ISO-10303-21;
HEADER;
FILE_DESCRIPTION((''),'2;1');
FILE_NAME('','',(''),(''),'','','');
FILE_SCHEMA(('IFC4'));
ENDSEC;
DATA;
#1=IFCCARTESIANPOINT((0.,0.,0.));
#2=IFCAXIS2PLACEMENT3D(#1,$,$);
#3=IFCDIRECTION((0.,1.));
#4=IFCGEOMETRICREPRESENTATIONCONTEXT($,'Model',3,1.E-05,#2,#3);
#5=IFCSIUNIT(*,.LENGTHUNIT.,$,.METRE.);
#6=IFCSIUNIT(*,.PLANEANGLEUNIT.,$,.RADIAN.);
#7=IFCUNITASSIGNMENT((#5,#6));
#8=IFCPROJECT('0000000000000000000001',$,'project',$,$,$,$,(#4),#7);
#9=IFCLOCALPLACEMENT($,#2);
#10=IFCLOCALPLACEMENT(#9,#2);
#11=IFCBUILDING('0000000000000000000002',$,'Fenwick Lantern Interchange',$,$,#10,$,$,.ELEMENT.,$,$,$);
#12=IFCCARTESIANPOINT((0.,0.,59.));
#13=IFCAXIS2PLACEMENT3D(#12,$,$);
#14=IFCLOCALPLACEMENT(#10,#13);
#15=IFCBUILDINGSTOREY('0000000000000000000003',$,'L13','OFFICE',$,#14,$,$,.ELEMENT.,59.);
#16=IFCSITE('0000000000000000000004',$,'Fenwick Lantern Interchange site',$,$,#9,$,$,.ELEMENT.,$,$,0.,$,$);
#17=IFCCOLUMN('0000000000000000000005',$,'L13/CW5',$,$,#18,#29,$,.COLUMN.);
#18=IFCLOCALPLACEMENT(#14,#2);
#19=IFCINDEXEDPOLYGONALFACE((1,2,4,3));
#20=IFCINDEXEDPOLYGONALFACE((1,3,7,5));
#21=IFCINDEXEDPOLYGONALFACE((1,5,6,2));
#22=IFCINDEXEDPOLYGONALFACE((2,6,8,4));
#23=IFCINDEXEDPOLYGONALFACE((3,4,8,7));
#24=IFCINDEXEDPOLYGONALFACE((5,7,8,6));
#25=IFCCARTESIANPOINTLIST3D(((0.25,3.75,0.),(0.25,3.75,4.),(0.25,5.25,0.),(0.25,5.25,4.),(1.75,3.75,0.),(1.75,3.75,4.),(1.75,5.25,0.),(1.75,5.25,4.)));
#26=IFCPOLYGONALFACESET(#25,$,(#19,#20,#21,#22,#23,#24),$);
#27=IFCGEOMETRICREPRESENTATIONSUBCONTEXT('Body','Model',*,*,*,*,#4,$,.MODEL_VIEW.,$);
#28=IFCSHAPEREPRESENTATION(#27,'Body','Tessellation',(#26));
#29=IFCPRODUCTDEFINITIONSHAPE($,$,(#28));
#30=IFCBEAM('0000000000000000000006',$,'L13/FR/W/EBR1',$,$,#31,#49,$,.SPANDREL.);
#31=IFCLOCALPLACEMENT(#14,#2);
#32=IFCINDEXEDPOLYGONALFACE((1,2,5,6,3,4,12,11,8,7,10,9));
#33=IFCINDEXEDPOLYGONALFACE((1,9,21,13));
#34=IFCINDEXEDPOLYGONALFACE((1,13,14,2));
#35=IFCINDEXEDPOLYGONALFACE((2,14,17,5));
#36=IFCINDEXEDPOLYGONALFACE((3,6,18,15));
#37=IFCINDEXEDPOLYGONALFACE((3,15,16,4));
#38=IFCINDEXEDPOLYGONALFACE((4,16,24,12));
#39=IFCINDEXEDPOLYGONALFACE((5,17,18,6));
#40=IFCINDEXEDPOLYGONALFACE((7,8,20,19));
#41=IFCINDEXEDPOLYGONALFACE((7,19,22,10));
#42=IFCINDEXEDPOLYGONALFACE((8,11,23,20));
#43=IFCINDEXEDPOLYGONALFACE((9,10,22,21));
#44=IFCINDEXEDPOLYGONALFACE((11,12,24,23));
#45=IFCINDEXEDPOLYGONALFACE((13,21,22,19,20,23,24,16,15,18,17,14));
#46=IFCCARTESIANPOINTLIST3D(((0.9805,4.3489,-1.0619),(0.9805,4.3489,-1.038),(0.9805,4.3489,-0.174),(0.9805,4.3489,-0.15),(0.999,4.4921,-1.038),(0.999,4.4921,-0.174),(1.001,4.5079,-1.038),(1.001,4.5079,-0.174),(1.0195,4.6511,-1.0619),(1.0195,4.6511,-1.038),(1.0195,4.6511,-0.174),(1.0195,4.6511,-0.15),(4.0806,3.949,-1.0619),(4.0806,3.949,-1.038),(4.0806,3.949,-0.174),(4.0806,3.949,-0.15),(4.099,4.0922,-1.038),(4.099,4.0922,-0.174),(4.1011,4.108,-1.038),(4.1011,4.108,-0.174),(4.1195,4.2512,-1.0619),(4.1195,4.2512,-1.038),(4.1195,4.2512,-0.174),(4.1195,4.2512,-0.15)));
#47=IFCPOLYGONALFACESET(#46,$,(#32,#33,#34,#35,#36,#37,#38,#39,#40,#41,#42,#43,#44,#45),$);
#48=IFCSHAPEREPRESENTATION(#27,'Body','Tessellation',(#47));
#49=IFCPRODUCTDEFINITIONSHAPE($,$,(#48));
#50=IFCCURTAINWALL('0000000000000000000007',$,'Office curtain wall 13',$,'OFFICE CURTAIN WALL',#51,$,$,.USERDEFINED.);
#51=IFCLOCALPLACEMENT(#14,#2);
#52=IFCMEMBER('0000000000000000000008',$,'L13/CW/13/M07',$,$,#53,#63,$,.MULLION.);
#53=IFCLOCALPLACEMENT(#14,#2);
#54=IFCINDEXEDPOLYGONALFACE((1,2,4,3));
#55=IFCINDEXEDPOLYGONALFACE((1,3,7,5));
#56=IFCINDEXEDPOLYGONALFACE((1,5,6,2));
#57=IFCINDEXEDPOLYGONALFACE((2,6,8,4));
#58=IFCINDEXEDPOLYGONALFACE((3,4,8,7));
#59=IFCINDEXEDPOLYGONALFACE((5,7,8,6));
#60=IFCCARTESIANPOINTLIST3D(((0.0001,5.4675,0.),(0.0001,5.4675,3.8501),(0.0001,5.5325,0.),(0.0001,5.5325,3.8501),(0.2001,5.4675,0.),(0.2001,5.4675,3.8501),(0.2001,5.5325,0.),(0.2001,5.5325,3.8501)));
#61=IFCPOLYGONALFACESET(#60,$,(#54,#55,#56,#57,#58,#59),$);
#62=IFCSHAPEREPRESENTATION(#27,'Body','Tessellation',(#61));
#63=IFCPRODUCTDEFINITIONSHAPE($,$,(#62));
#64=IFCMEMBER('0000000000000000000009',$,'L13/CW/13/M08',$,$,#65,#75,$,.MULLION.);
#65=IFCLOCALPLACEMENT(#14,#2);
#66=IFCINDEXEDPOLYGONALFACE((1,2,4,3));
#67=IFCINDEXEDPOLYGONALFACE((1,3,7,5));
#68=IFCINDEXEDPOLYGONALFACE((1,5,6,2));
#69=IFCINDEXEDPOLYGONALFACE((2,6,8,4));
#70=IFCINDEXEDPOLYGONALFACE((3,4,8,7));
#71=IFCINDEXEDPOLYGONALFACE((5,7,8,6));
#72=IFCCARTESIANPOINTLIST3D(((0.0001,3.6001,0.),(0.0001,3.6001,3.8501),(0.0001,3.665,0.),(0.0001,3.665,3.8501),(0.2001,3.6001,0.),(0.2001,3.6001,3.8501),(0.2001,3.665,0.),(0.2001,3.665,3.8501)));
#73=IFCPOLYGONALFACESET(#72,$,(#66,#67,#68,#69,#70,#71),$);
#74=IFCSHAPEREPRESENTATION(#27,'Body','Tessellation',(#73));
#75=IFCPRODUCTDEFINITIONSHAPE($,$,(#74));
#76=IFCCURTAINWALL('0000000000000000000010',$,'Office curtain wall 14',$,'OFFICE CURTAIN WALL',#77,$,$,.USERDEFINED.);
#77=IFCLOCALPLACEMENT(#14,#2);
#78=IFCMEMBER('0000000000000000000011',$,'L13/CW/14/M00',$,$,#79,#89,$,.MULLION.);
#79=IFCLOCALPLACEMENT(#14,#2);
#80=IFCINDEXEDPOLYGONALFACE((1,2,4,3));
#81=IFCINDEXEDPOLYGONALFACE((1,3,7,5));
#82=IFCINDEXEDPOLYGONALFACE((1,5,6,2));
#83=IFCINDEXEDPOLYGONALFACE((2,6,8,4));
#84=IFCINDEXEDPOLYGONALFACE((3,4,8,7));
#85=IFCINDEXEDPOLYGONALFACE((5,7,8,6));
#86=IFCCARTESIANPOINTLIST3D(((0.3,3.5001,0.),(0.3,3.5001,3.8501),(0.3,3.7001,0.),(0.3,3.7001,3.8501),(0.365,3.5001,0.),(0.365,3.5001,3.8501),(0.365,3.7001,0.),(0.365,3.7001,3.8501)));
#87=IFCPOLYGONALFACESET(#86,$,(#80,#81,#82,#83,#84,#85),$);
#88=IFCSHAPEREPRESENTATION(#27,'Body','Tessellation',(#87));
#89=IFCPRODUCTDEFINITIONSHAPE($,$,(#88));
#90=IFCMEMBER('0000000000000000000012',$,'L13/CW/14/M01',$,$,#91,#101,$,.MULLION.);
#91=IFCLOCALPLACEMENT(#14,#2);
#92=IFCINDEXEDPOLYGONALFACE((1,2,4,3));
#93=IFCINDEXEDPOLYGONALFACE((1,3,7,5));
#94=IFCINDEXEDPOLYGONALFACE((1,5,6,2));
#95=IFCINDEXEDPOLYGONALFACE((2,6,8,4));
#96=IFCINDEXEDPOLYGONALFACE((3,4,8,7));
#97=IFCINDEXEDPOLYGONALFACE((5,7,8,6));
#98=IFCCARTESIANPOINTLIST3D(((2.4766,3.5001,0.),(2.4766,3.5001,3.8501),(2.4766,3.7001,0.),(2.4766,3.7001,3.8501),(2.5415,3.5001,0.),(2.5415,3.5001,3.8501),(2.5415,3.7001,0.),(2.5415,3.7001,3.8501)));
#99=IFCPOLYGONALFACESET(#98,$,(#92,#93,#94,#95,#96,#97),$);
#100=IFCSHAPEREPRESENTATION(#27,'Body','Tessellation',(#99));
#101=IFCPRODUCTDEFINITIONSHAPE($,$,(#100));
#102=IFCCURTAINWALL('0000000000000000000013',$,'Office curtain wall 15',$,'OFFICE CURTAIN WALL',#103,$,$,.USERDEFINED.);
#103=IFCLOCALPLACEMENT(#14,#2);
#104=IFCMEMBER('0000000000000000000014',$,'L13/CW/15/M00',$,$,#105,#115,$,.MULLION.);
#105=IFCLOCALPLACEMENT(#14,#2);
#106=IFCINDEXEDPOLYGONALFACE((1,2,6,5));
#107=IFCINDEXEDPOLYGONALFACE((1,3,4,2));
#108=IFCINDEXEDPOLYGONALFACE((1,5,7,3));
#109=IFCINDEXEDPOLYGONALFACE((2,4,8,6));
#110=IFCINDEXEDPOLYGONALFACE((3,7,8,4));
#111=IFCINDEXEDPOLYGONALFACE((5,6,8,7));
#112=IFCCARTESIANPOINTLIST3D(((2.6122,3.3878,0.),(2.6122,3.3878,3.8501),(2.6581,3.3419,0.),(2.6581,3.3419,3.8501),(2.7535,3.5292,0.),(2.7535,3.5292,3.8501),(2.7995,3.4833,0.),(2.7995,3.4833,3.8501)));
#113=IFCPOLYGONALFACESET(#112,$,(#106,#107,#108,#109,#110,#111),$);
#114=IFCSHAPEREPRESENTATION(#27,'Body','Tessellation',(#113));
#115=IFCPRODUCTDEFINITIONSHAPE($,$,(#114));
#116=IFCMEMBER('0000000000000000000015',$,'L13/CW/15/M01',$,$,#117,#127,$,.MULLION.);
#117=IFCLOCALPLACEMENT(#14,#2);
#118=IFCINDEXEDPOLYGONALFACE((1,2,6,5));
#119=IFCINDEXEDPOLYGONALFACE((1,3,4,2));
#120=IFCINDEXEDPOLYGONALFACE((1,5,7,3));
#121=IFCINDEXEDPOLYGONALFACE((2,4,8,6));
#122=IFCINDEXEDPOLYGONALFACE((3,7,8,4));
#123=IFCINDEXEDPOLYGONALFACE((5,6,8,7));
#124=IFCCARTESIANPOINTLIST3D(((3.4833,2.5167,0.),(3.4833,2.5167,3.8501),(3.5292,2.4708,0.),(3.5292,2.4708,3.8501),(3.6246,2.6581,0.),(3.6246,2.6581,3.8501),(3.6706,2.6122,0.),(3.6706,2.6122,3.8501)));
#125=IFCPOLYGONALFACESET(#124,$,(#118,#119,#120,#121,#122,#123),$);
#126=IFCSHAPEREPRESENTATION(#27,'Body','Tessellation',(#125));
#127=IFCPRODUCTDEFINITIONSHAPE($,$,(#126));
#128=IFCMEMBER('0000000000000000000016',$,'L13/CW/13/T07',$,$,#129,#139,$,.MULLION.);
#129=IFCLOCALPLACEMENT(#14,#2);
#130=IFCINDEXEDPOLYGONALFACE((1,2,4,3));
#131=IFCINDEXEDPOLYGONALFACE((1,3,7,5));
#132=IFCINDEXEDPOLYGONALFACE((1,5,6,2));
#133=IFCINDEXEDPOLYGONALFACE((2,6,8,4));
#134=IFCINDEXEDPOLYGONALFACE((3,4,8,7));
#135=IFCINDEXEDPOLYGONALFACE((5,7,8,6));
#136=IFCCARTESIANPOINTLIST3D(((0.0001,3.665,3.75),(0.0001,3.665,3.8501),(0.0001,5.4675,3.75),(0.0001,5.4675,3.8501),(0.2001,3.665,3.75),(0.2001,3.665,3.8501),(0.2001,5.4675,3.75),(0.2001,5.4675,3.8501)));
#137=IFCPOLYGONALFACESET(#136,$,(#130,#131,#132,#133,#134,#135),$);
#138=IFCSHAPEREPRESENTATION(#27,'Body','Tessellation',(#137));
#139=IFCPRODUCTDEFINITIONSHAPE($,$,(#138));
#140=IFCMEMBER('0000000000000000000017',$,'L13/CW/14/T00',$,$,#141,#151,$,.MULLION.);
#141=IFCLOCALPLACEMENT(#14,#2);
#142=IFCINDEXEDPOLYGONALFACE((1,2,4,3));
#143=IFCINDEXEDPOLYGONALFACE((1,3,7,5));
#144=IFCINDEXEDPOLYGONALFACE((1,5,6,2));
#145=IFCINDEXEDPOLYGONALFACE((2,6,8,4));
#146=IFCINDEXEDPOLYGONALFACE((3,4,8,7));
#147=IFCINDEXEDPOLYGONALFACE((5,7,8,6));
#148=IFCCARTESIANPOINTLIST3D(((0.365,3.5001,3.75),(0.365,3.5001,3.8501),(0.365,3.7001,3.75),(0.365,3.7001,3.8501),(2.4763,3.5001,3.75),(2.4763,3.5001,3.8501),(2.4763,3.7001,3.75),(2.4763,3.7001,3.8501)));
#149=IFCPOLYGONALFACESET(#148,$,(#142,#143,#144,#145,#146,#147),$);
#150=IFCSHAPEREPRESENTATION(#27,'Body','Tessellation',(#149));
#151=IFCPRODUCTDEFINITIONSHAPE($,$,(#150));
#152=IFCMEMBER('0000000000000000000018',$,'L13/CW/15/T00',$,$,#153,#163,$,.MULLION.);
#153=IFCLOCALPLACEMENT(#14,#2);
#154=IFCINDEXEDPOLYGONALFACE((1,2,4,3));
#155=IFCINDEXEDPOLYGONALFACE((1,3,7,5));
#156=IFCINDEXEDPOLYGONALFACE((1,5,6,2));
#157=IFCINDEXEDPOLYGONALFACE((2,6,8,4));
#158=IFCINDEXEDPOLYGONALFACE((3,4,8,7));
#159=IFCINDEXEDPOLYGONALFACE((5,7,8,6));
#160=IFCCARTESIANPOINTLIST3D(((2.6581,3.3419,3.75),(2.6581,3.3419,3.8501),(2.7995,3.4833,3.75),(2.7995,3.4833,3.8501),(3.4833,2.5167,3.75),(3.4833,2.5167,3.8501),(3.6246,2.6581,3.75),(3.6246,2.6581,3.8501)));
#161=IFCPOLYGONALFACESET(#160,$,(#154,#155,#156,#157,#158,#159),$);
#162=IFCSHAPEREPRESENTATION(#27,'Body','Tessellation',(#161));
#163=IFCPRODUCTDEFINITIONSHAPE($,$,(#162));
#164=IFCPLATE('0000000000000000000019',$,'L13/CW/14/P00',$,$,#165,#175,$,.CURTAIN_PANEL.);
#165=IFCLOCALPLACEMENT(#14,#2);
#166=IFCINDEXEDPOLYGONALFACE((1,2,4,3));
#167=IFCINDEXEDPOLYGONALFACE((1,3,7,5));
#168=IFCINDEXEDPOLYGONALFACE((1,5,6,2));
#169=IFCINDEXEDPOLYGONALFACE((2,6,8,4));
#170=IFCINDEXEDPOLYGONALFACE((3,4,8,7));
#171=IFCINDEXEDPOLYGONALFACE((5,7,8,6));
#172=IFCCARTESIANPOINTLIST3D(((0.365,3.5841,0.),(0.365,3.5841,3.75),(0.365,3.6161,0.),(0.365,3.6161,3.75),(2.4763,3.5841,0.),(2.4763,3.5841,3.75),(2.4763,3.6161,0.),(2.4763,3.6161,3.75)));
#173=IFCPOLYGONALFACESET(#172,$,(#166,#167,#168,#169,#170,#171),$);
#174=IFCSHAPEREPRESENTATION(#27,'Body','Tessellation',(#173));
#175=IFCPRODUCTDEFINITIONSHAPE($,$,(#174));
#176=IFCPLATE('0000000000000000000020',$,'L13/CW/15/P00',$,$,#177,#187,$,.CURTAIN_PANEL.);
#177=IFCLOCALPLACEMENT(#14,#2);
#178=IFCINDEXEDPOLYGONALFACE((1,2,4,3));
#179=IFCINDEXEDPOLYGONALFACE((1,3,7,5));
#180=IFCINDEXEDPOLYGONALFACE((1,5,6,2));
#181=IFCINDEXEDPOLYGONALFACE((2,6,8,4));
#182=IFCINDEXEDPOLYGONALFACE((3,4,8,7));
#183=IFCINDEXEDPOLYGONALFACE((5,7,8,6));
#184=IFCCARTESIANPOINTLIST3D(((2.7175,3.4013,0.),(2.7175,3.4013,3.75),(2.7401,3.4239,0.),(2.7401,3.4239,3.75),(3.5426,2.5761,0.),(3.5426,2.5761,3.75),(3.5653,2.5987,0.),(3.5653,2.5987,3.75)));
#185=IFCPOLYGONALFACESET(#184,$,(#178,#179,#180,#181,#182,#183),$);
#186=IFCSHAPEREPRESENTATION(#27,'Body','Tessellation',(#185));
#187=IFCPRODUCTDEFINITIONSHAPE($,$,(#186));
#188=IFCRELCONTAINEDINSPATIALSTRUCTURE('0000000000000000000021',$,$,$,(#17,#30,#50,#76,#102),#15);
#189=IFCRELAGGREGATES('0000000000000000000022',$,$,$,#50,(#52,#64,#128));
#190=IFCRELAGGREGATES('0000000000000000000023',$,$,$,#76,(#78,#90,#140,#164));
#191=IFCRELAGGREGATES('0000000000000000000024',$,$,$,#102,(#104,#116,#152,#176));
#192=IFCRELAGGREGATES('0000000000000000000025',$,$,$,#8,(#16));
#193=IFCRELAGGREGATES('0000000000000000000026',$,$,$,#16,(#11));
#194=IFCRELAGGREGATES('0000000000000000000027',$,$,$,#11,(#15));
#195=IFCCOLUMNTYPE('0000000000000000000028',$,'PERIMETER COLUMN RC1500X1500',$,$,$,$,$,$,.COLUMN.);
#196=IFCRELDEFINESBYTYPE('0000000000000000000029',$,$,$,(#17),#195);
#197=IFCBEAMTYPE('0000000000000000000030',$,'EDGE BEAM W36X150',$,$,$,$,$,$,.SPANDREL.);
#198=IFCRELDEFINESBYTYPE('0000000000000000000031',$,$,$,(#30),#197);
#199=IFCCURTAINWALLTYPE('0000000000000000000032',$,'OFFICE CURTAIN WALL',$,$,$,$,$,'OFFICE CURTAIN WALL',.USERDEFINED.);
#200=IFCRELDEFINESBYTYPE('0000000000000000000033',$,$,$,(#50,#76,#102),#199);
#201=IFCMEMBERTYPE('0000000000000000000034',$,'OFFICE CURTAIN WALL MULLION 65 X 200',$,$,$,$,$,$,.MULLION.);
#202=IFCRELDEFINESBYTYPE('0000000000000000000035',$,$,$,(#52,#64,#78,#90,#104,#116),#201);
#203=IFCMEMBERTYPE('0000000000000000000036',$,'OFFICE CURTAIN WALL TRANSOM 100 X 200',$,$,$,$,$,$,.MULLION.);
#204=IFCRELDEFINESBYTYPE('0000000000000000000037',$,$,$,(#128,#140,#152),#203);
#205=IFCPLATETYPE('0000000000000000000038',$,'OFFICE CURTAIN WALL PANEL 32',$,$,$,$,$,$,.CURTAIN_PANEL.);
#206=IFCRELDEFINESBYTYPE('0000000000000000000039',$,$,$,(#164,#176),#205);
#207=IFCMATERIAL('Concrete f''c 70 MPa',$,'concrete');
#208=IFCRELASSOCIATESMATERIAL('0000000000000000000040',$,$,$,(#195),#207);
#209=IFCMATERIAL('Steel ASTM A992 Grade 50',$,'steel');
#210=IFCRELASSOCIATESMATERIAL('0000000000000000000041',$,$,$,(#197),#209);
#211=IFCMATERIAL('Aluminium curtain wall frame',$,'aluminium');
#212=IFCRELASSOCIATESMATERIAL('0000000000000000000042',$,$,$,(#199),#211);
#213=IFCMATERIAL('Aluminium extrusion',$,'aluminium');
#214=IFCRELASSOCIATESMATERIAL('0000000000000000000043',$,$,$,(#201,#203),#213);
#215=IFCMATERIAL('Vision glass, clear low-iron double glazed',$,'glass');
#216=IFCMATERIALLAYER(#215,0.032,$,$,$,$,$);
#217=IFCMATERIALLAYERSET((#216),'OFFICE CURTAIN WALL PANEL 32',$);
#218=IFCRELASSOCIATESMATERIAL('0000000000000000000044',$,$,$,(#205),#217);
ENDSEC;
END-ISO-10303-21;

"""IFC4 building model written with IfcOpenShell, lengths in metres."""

from ifc_helpers import new_model, si_unit, direction, frame, origin, origin_2d, place, context, subcontext, project, spatial, rectangle, i_section, extrude, material, layer, layer_set, material_profile, profile_set, type_object, element, aggregate, save


model = new_model("IFC4")

# Units and contexts
model_context = context("Model", 3, precision=1e-05, world=origin(), true_north=direction((0.0, 1.0)))
body_context = subcontext(model_context, "Body", "Model", "MODEL_VIEW")
ifc_project = project(units=[si_unit("LENGTHUNIT", "METRE"), si_unit("PLANEANGLEUNIT", "RADIAN")], contexts=[model_context])

# Site, building, storey
site_placement = place(None, origin())
site = spatial("IfcSite", under=ifc_project, at=site_placement, Name="Fenwick Lantern Interchange site", CompositionType="ELEMENT", RefElevation=0.0)
building_placement = place(site_placement, origin())
building = spatial("IfcBuilding", under=site, at=building_placement, Name="Fenwick Lantern Interchange", CompositionType="ELEMENT")
storey_placement = place(building_placement, frame((0.0, 0.0, 59.0)))
storey = spatial("IfcBuildingStorey", under=building, at=storey_placement, Name="L13", Description="OFFICE", CompositionType="ELEMENT", Elevation=59.0)

# Column
ifc_material_1 = material(Name="Concrete f'c 70 MPa", Category="concrete")
ifc_material_profile_1 = material_profile(ifc_material_1, rectangle(XDim=1.5, YDim=1.5, at=origin_2d()), Name="RC1500X1500")
ifc_profile_set_1 = profile_set([ifc_material_profile_1], Name="Concrete f'c 70 MPa")
column_type = type_object("IfcColumnType", Name="PERIMETER COLUMN RC1500X1500", PredefinedType="COLUMN", material=ifc_profile_set_1)
column_placement = place(storey_placement, frame((1.0, 4.5, 0.0), z_axis=(0.0, 0.0, 1.0), x_axis=(1.0, 0.0, 0.0)))
element("IfcColumn", 1, at=column_placement, inside=storey, type_object=column_type, Name="L13/CW5", PredefinedType="COLUMN", context=body_context, shape_type="SweptSolid", body=[
    extrude(rectangle(XDim=1.5, YDim=1.5, at=origin_2d()), origin(), (0.0, 0.0, 1.0), 4.0),
])

# Beam
ifc_material_2 = material(Name="Steel ASTM A992 Grade 50", Category="steel")
ifc_material_profile_2 = material_profile(ifc_material_2, i_section(OverallWidth=0.3047, OverallDepth=0.9119, WebThickness=0.0159, FlangeThickness=0.0239, at=origin_2d()), Name="W36X150")
ifc_profile_set_2 = profile_set([ifc_material_profile_2], Name="Steel ASTM A992 Grade 50")
beam_type = type_object("IfcBeamType", Name="EDGE BEAM W36X150", PredefinedType="SPANDREL", material=ifc_profile_set_2)
beam_placement = place(storey_placement, frame((1.0, 4.5, -0.606), z_axis=(0.991782, -0.127937, 0.0), x_axis=(0.127937, 0.991782, 0.0)))
element("IfcBeam", 2, at=beam_placement, inside=storey, type_object=beam_type, Name="L13/FR/W/EBR1", PredefinedType="SPANDREL", context=body_context, shape_type="SweptSolid", body=[
    extrude(i_section(OverallWidth=0.3047, OverallDepth=0.9119, WebThickness=0.0159, FlangeThickness=0.0239, at=origin_2d()), origin(), (0.0, 0.0, 1.0), 3.1257),
])

# Curtain walls, members
ifc_material_3 = material(Name="Aluminium curtain wall frame", Category="aluminium")
curtain_wall_type = type_object("IfcCurtainWallType", Name="OFFICE CURTAIN WALL", ElementType="OFFICE CURTAIN WALL", PredefinedType="USERDEFINED", material=ifc_material_3)
curtain_wall_1_placement = place(storey_placement, origin())
curtain_wall_1 = element("IfcCurtainWall", 3, at=curtain_wall_1_placement, inside=storey, type_object=curtain_wall_type, Name="Office curtain wall 13", ObjectType="OFFICE CURTAIN WALL", PredefinedType="USERDEFINED")
ifc_material_4 = material(Name="Aluminium extrusion", Category="aluminium")
ifc_material_profile_3 = material_profile(ifc_material_4, rectangle(XDim=0.2, YDim=0.0649, at=origin_2d()), Name="OFFICE CURTAIN WALL MULLION 65 X 200")
ifc_profile_set_3 = profile_set([ifc_material_profile_3], Name="Aluminium extrusion")
member_type_1 = type_object("IfcMemberType", Name="OFFICE CURTAIN WALL MULLION 65 X 200", PredefinedType="MULLION", material=ifc_profile_set_3)
member_1_placement = place(storey_placement, frame((0.1001, 5.5, 0.0), z_axis=(0.0, 0.0, 1.0), x_axis=(1.0, 0.0, 0.0)))
member_1 = element("IfcMember", 4, at=member_1_placement, type_object=member_type_1, Name="L13/CW/13/M07", PredefinedType="MULLION", context=body_context, shape_type="SweptSolid", body=[
    extrude(rectangle(XDim=0.2, YDim=0.0649, at=origin_2d()), origin(), (0.0, 0.0, 1.0), 3.8501),
])
member_2_placement = place(storey_placement, frame((0.1001, 3.6326, 0.0), z_axis=(0.0, 0.0, 1.0), x_axis=(1.0, 0.0, 0.0)))
member_2 = element("IfcMember", 5, at=member_2_placement, type_object=member_type_1, Name="L13/CW/13/M08", PredefinedType="MULLION", context=body_context, shape_type="SweptSolid", body=[
    extrude(rectangle(XDim=0.2, YDim=0.0649, at=origin_2d()), origin(), (0.0, 0.0, 1.0), 3.8501),
])
curtain_wall_2_placement = place(storey_placement, origin())
curtain_wall_2 = element("IfcCurtainWall", 6, at=curtain_wall_2_placement, inside=storey, type_object=curtain_wall_type, Name="Office curtain wall 14", ObjectType="OFFICE CURTAIN WALL", PredefinedType="USERDEFINED")
member_3_placement = place(storey_placement, frame((0.3325, 3.6001, 0.0), z_axis=(0.0, 0.0, 1.0), x_axis=(0.0, 1.0, 0.0)))
member_3 = element("IfcMember", 7, at=member_3_placement, type_object=member_type_1, Name="L13/CW/14/M00", PredefinedType="MULLION", context=body_context, shape_type="SweptSolid", body=[
    extrude(rectangle(XDim=0.2, YDim=0.0649, at=origin_2d()), origin(), (0.0, 0.0, 1.0), 3.8501),
])
member_4_placement = place(storey_placement, frame((2.509, 3.6001, 0.0), z_axis=(0.0, 0.0, 1.0), x_axis=(0.0, 1.0, 0.0)))
member_4 = element("IfcMember", 8, at=member_4_placement, type_object=member_type_1, Name="L13/CW/14/M01", PredefinedType="MULLION", context=body_context, shape_type="SweptSolid", body=[
    extrude(rectangle(XDim=0.2, YDim=0.0649, at=origin_2d()), origin(), (0.0, 0.0, 1.0), 3.8501),
])
curtain_wall_3_placement = place(storey_placement, origin())
curtain_wall_3 = element("IfcCurtainWall", 9, at=curtain_wall_3_placement, inside=storey, type_object=curtain_wall_type, Name="Office curtain wall 15", ObjectType="OFFICE CURTAIN WALL", PredefinedType="USERDEFINED")
member_5_placement = place(storey_placement, frame((2.7058, 3.4355, 0.0), z_axis=(0.0, 0.0, 1.0), x_axis=(0.707107, 0.707107, 0.0)))
member_5 = element("IfcMember", 10, at=member_5_placement, type_object=member_type_1, Name="L13/CW/15/M00", PredefinedType="MULLION", context=body_context, shape_type="SweptSolid", body=[
    extrude(rectangle(XDim=0.2, YDim=0.0649, at=origin_2d()), origin(), (0.0, 0.0, 1.0), 3.8501),
])
member_6_placement = place(storey_placement, frame((3.5769, 2.5645, 0.0), z_axis=(0.0, 0.0, 1.0), x_axis=(0.707107, 0.707107, 0.0)))
member_6 = element("IfcMember", 11, at=member_6_placement, type_object=member_type_1, Name="L13/CW/15/M01", PredefinedType="MULLION", context=body_context, shape_type="SweptSolid", body=[
    extrude(rectangle(XDim=0.2, YDim=0.0649, at=origin_2d()), origin(), (0.0, 0.0, 1.0), 3.8501),
])

# Members
ifc_material_profile_4 = material_profile(ifc_material_4, rectangle(XDim=0.2, YDim=0.1001, at=origin_2d()), Name="OFFICE CURTAIN WALL TRANSOM 100 X 200")
ifc_profile_set_4 = profile_set([ifc_material_profile_4], Name="Aluminium extrusion")
member_type_2 = type_object("IfcMemberType", Name="OFFICE CURTAIN WALL TRANSOM 100 X 200", PredefinedType="MULLION", material=ifc_profile_set_4)
member_7_placement = place(storey_placement, frame((0.1001, 5.4675, 3.8), z_axis=(0.0, -1.0, 0.0), x_axis=(1.0, 0.0, 0.0)))
member_7 = element("IfcMember", 12, at=member_7_placement, type_object=member_type_2, Name="L13/CW/13/T07", PredefinedType="MULLION", context=body_context, shape_type="SweptSolid", body=[
    extrude(rectangle(XDim=0.2, YDim=0.1001, at=origin_2d()), origin(), (0.0, 0.0, 1.0), 1.8025),
])
aggregate(curtain_wall_1, [member_1, member_2, member_7])
member_8_placement = place(storey_placement, frame((0.365, 3.6001, 3.8), z_axis=(1.0, 0.0, 0.0), x_axis=(0.0, 1.0, 0.0)))
member_8 = element("IfcMember", 13, at=member_8_placement, type_object=member_type_2, Name="L13/CW/14/T00", PredefinedType="MULLION", context=body_context, shape_type="SweptSolid", body=[
    extrude(rectangle(XDim=0.2, YDim=0.1001, at=origin_2d()), origin(), (0.0, 0.0, 1.0), 2.1113),
])
member_9_placement = place(storey_placement, frame((2.7288, 3.4126, 3.8), z_axis=(0.707107, -0.707107, 0.0), x_axis=(0.707107, 0.707107, 0.0)))
member_9 = element("IfcMember", 14, at=member_9_placement, type_object=member_type_2, Name="L13/CW/15/T00", PredefinedType="MULLION", context=body_context, shape_type="SweptSolid", body=[
    extrude(rectangle(XDim=0.2, YDim=0.1001, at=origin_2d()), origin(), (0.0, 0.0, 1.0), 1.167),
])

# Shared definitions
ifc_material_5 = material(Name="Vision glass, clear low-iron double glazed", Category="glass")
ifc_layer_1 = layer(ifc_material_5, 0.032)
ifc_layer_set_1 = layer_set([ifc_layer_1], Name="OFFICE CURTAIN WALL PANEL 32")
plate_type = type_object("IfcPlateType", Name="OFFICE CURTAIN WALL PANEL 32", PredefinedType="CURTAIN_PANEL", material=ifc_layer_set_1)

# Plates
plate_1_placement = place(storey_placement, frame((1.4207, 3.6001, 0.0), z_axis=(0.0, 0.0, 1.0), x_axis=(1.0, 0.0, 0.0)))
plate_1 = element("IfcPlate", 15, at=plate_1_placement, type_object=plate_type, Name="L13/CW/14/P00", PredefinedType="CURTAIN_PANEL", context=body_context, shape_type="SweptSolid", body=[
    extrude(rectangle(XDim=2.1113, YDim=0.032, at=origin_2d()), origin(), (0.0, 0.0, 1.0), 3.75),
])
aggregate(curtain_wall_2, [member_3, member_4, member_8, plate_1])
plate_2_placement = place(storey_placement, frame((3.1414, 3.0, 0.0), z_axis=(0.0, 0.0, 1.0), x_axis=(0.707107, -0.707107, 0.0)))
plate_2 = element("IfcPlate", 16, at=plate_2_placement, type_object=plate_type, Name="L13/CW/15/P00", PredefinedType="CURTAIN_PANEL", context=body_context, shape_type="SweptSolid", body=[
    extrude(rectangle(XDim=1.167, YDim=0.032, at=origin_2d()), origin(), (0.0, 0.0, 1.0), 3.75),
])
aggregate(curtain_wall_3, [member_5, member_6, member_9, plate_2])

save(model, "model.ifc")
